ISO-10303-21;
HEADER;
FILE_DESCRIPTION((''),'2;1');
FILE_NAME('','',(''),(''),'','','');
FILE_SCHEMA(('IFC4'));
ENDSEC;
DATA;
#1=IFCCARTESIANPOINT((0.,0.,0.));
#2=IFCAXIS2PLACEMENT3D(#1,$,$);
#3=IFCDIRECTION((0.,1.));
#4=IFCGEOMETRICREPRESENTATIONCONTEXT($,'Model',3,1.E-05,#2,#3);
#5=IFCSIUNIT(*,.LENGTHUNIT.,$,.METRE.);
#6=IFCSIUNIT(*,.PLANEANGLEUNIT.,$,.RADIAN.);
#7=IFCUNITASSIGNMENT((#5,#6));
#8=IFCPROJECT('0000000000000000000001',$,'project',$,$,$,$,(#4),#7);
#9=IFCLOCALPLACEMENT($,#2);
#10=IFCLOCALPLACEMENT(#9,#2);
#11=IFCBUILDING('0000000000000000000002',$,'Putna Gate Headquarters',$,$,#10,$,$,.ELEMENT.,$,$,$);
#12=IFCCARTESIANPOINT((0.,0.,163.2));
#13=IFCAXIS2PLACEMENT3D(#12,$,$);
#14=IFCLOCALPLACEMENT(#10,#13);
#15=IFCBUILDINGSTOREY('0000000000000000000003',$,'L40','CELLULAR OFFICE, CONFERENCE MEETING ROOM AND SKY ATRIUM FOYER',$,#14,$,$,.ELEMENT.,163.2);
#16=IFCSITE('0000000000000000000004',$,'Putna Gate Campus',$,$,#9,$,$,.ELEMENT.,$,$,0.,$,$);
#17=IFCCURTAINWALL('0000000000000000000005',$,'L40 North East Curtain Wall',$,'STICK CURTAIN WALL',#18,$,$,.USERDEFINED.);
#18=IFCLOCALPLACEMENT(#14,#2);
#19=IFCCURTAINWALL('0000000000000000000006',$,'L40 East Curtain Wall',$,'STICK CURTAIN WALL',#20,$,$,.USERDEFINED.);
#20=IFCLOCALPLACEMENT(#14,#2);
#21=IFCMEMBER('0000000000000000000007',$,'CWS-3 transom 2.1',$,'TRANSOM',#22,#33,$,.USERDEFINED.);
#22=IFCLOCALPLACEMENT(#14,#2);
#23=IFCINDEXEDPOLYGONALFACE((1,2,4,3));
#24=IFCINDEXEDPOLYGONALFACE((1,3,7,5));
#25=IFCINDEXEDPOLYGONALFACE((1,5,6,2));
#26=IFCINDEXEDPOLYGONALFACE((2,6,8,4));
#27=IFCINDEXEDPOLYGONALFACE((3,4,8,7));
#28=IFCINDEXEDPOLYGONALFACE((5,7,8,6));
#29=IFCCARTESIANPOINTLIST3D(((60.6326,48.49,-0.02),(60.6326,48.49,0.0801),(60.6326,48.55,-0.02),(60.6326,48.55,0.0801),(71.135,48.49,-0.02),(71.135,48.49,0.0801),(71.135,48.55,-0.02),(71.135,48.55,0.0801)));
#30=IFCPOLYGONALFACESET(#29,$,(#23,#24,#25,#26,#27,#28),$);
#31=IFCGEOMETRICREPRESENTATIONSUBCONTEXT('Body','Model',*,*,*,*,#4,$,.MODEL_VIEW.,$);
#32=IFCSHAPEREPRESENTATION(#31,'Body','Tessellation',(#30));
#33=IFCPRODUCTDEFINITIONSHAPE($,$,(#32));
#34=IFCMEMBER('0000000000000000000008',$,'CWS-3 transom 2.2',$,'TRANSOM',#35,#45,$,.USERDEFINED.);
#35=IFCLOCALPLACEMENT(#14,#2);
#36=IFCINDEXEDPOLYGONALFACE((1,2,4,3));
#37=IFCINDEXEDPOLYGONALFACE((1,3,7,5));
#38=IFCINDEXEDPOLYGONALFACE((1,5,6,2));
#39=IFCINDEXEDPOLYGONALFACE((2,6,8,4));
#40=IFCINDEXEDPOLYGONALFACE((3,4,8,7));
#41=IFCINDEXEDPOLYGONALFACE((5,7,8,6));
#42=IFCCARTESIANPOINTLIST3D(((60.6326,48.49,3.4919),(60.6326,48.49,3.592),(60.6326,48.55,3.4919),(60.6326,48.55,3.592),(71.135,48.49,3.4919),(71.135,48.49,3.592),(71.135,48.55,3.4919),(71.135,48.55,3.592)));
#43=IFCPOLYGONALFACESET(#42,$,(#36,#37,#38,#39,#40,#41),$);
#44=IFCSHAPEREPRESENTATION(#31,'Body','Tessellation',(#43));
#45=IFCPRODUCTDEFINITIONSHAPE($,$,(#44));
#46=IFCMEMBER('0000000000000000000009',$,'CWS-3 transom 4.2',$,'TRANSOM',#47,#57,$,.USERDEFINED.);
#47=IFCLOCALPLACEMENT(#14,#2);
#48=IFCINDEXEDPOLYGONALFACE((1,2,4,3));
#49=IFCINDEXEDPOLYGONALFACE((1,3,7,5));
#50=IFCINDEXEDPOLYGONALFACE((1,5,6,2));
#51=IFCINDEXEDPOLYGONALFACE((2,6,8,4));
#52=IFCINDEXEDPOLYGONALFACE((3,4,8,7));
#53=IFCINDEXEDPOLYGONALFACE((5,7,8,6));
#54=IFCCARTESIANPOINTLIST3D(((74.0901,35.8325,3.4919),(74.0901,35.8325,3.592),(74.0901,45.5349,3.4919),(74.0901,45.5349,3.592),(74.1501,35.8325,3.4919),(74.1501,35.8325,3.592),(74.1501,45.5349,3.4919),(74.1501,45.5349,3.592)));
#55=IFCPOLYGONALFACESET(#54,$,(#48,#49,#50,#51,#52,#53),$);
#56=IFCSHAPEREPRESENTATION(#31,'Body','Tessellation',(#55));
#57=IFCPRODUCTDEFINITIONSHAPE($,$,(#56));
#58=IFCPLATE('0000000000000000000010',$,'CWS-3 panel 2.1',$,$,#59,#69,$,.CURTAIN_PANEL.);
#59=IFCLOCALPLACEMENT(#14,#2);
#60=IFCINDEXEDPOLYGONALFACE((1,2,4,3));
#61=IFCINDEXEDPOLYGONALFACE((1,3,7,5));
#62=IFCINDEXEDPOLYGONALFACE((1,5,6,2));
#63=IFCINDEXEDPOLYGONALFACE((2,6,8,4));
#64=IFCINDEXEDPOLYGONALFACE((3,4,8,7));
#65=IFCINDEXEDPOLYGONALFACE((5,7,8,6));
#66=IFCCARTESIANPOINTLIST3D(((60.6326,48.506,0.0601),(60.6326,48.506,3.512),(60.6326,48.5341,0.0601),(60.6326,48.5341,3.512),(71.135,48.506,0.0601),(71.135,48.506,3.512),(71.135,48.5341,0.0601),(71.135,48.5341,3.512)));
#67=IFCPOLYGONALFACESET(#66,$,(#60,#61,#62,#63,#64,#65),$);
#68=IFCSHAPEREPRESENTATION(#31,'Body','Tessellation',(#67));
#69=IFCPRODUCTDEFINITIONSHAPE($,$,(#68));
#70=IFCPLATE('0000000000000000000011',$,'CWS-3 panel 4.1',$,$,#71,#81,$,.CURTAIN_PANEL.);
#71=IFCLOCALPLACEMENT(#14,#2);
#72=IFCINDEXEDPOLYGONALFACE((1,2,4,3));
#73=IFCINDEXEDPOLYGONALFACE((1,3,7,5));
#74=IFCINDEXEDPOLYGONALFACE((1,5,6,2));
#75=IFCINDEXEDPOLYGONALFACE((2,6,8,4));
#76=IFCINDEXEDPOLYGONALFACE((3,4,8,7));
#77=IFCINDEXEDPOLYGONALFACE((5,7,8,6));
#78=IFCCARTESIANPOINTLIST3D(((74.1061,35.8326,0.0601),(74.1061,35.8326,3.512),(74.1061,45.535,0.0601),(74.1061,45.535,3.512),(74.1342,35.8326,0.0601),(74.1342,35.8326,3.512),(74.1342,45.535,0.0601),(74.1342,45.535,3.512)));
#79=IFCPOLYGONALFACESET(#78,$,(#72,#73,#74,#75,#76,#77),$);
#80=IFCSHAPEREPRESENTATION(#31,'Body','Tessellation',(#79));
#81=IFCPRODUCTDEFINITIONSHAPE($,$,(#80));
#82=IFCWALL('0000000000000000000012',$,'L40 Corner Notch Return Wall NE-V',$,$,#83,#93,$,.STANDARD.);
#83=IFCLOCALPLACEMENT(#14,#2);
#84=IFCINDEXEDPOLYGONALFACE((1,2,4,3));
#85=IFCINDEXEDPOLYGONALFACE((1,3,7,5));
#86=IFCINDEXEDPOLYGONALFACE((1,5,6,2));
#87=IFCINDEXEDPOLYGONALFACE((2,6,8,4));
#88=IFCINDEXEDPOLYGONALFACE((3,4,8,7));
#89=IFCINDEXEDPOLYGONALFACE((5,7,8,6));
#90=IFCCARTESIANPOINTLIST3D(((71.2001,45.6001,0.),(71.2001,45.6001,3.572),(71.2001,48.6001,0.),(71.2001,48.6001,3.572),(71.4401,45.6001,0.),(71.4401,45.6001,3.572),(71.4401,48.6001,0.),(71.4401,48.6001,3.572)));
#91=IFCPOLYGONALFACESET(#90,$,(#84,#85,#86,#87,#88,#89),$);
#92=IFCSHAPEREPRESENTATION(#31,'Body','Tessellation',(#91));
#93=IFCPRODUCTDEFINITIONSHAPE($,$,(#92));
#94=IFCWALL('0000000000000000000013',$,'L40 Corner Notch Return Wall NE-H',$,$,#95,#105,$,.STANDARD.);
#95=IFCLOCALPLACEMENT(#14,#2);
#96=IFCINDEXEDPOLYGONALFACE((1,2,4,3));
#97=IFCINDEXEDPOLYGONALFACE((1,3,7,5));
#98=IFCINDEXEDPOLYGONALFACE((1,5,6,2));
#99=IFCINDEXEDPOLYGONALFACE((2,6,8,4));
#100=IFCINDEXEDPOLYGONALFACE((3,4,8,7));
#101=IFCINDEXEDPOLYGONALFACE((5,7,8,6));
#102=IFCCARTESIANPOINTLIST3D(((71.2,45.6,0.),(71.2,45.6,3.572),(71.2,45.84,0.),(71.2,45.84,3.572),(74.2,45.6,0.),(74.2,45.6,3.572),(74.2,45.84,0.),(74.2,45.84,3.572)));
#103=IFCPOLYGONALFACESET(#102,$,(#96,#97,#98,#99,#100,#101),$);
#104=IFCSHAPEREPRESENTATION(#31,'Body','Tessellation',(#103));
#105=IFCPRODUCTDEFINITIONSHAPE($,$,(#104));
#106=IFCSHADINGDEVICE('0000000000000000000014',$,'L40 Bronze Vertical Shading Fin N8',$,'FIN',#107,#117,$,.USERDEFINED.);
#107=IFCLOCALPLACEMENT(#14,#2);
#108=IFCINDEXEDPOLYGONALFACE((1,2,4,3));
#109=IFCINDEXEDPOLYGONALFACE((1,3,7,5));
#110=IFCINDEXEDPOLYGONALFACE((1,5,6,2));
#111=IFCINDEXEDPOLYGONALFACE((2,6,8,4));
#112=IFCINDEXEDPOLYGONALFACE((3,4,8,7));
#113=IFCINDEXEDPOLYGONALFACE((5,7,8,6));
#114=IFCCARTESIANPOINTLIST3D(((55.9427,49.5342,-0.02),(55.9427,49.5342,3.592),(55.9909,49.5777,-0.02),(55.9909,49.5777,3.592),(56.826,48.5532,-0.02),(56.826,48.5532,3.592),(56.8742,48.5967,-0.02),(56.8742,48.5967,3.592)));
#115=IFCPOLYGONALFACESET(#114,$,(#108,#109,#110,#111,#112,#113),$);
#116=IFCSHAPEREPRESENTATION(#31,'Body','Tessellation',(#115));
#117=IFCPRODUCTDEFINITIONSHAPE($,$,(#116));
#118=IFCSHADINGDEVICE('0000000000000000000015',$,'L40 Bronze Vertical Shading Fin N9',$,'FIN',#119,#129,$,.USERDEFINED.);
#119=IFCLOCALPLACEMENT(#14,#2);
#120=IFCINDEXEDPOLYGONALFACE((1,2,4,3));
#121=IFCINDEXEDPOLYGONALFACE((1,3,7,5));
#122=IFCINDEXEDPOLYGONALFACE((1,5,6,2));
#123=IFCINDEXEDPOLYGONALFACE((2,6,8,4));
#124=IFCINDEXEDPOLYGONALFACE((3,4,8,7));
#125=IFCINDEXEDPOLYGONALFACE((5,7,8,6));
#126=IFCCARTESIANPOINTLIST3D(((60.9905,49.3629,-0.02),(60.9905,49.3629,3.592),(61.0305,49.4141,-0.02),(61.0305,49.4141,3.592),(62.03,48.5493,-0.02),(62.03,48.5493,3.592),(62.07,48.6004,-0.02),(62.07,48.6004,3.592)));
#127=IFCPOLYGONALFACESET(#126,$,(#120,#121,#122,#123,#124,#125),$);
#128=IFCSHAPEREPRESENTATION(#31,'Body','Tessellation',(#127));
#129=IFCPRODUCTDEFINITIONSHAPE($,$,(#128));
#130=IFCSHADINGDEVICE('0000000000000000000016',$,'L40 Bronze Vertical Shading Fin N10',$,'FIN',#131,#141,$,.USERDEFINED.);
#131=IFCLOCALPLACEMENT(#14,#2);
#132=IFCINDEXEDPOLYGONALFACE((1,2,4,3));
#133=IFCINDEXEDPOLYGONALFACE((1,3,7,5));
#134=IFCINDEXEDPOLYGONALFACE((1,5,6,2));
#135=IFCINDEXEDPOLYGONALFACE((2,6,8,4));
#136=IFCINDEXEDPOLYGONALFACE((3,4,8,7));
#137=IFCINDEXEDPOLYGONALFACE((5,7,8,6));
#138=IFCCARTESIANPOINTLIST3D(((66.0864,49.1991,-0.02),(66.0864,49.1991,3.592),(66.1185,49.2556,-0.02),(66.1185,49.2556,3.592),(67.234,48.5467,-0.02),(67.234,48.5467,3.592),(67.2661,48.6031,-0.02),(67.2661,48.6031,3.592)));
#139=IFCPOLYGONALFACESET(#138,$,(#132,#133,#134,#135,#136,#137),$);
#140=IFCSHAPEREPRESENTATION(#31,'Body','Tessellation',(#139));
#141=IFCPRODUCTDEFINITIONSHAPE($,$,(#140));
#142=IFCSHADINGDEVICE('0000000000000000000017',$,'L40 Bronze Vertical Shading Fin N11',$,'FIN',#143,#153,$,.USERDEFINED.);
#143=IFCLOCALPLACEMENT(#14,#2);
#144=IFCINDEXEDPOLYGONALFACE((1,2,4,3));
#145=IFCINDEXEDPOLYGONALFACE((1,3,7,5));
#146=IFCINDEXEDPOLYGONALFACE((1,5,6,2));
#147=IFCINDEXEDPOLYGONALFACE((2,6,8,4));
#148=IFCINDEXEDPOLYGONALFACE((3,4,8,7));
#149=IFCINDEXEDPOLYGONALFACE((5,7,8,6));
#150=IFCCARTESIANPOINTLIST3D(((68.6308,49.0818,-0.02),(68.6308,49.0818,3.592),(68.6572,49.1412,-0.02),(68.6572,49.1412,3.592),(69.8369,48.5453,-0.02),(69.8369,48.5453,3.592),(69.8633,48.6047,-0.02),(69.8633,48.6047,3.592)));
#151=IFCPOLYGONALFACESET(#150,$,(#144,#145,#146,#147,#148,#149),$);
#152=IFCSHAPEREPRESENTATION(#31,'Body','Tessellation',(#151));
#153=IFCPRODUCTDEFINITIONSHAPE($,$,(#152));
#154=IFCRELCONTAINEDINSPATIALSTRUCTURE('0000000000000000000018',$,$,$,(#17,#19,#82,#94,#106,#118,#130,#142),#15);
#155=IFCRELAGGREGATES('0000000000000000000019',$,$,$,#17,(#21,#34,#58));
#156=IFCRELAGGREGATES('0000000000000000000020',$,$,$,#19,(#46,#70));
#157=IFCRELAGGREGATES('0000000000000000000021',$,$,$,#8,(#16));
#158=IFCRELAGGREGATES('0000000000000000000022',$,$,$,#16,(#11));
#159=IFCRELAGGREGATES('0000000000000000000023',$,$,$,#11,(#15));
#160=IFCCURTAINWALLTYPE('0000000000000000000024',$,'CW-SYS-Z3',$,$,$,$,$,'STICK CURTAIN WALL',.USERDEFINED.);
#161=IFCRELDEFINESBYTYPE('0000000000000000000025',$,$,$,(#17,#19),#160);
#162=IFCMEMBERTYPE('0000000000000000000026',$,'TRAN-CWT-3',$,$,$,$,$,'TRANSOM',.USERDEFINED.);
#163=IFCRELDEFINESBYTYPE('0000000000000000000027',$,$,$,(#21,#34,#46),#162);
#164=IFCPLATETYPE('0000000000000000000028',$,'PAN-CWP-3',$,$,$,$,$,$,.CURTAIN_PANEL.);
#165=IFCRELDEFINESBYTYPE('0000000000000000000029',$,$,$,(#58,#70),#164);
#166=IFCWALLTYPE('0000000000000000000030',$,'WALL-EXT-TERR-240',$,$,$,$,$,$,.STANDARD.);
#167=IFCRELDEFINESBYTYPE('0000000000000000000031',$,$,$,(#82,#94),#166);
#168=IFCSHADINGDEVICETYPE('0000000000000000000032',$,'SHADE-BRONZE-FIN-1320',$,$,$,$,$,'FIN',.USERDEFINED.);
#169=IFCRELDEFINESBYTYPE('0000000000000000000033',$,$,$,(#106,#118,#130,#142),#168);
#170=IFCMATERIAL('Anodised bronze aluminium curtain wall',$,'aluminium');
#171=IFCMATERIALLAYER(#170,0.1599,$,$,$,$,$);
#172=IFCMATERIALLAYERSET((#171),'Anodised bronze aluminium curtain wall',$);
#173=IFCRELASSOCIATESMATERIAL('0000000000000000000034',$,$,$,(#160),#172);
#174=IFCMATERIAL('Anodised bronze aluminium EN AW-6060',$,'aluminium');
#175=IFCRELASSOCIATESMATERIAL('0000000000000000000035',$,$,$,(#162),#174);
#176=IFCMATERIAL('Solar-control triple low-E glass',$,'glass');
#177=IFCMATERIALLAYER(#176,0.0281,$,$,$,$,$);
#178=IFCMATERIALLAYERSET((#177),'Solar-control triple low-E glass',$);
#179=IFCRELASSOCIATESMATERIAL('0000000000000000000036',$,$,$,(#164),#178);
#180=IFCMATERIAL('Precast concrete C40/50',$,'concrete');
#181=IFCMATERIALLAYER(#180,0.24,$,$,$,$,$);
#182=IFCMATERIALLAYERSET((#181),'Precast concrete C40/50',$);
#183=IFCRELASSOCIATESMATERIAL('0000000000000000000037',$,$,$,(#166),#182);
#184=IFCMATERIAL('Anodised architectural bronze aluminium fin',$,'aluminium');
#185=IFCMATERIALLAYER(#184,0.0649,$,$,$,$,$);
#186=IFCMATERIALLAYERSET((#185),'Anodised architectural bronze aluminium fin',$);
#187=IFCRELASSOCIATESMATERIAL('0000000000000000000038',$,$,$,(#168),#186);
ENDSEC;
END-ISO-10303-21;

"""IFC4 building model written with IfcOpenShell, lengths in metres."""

from ifc_helpers import new_model, si_unit, direction, frame, frame_2d, origin, origin_2d, place, context, subcontext, project, spatial, rectangle, extrude, material, layer, layer_set, material_profile, profile_set, type_object, element, aggregate, save


model = new_model("IFC4")

# Units and contexts
model_context = context("Model", 3, precision=1e-05, world=origin(), true_north=direction((0.0, 1.0)))
body_context = subcontext(model_context, "Body", "Model", "MODEL_VIEW")
ifc_project = project(units=[si_unit("LENGTHUNIT", "METRE"), si_unit("PLANEANGLEUNIT", "RADIAN")], contexts=[model_context])

# Site, building, storey
site_placement = place(None, origin())
site = spatial("IfcSite", under=ifc_project, at=site_placement, Name="Putna Gate Campus", CompositionType="ELEMENT", RefElevation=0.0)
building_placement = place(site_placement, origin())
building = spatial("IfcBuilding", under=site, at=building_placement, Name="Putna Gate Headquarters", CompositionType="ELEMENT")
storey_placement = place(building_placement, frame((0.0, 0.0, 163.2)))
storey = spatial("IfcBuildingStorey", under=building, at=storey_placement, Name="L40", Description="CELLULAR OFFICE, CONFERENCE MEETING ROOM AND SKY ATRIUM FOYER", CompositionType="ELEMENT", Elevation=163.2)

# Curtain wall
ifc_material_1 = material(Name="Anodised bronze aluminium curtain wall", Category="aluminium")
ifc_layer_1 = layer(ifc_material_1, 0.1599)
ifc_layer_set_1 = layer_set([ifc_layer_1], Name="Anodised bronze aluminium curtain wall")
curtain_wall_type = type_object("IfcCurtainWallType", Name="CW-SYS-Z3", ElementType="STICK CURTAIN WALL", PredefinedType="USERDEFINED", material=ifc_layer_set_1)
curtain_wall_1_placement = place(storey_placement, origin())
curtain_wall_1 = element("IfcCurtainWall", 1, at=curtain_wall_1_placement, inside=storey, type_object=curtain_wall_type, Name="L40 North East Curtain Wall", ObjectType="STICK CURTAIN WALL", PredefinedType="USERDEFINED")
ifc_material_2 = material(Name="Anodised bronze aluminium EN AW-6060", Category="aluminium")

# Curtain wall
curtain_wall_2_placement = place(storey_placement, origin())
curtain_wall_2 = element("IfcCurtainWall", 2, at=curtain_wall_2_placement, inside=storey, type_object=curtain_wall_type, Name="L40 East Curtain Wall", ObjectType="STICK CURTAIN WALL", PredefinedType="USERDEFINED")

# Members
ifc_material_profile_1 = material_profile(ifc_material_2, rectangle(XDim=0.0601, YDim=0.1001, at=origin_2d()), Name="Anodised bronze aluminium EN AW-6060")
ifc_profile_set_1 = profile_set([ifc_material_profile_1], Name="Anodised bronze aluminium EN AW-6060")
member_type_1 = type_object("IfcMemberType", Name="TRAN-CWT-3", ElementType="TRANSOM", PredefinedType="USERDEFINED", material=ifc_profile_set_1)
member_1_placement = place(storey_placement, frame((60.6326, 48.52, 0.03), z_axis=(1.0, 0.0, 0.0), x_axis=(0.0, 1.0, 0.0)))
member_1 = element("IfcMember", 3, at=member_1_placement, type_object=member_type_1, Name="CWS-3 transom 2.1", ObjectType="TRANSOM", PredefinedType="USERDEFINED", context=body_context, shape_type="SweptSolid", body=[
    extrude(rectangle(XDim=0.0601, YDim=0.1001, at=origin_2d()), origin(), (0.0, 0.0, 1.0), 10.5024),
])
member_2_placement = place(storey_placement, frame((60.6326, 48.52, 3.542), z_axis=(1.0, 0.0, 0.0), x_axis=(0.0, 1.0, 0.0)))
member_2 = element("IfcMember", 4, at=member_2_placement, type_object=member_type_1, Name="CWS-3 transom 2.2", ObjectType="TRANSOM", PredefinedType="USERDEFINED", context=body_context, shape_type="SweptSolid", body=[
    extrude(rectangle(XDim=0.0601, YDim=0.1001, at=origin_2d()), origin(), (0.0, 0.0, 1.0), 10.5024),
])
member_3_placement = place(storey_placement, frame((74.1201, 35.8325, 3.542), z_axis=(0.0, 1.0, 0.0), x_axis=(-1.0, 0.0, 0.0)))
member_3 = element("IfcMember", 5, at=member_3_placement, type_object=member_type_1, Name="CWS-3 transom 4.2", ObjectType="TRANSOM", PredefinedType="USERDEFINED", context=body_context, shape_type="SweptSolid", body=[
    extrude(rectangle(XDim=0.0601, YDim=0.1001, at=origin_2d()), origin(), (0.0, 0.0, 1.0), 9.7024),
])

# Plates
ifc_material_3 = material(Name="Solar-control triple low-E glass", Category="glass")
ifc_layer_2 = layer(ifc_material_3, 0.0281)
ifc_layer_set_2 = layer_set([ifc_layer_2], Name="Solar-control triple low-E glass")
plate_type = type_object("IfcPlateType", Name="PAN-CWP-3", PredefinedType="CURTAIN_PANEL", material=ifc_layer_set_2)
plate_1_placement = place(storey_placement, frame((65.8838, 48.52, 0.0601), z_axis=(0.0, 0.0, 1.0), x_axis=(1.0, 0.0, 0.0)))
plate_1 = element("IfcPlate", 6, at=plate_1_placement, type_object=plate_type, Name="CWS-3 panel 2.1", PredefinedType="CURTAIN_PANEL", context=body_context, shape_type="SweptSolid", body=[
    extrude(rectangle(XDim=10.5024, YDim=0.0281, at=origin_2d()), origin(), (0.0, 0.0, 1.0), 3.4519),
])
aggregate(curtain_wall_1, [member_1, member_2, plate_1])
plate_2_placement = place(storey_placement, frame((74.1201, 40.6838, 0.0601), z_axis=(0.0, 0.0, 1.0), x_axis=(0.0, 1.0, 0.0)))
plate_2 = element("IfcPlate", 7, at=plate_2_placement, type_object=plate_type, Name="CWS-3 panel 4.1", PredefinedType="CURTAIN_PANEL", context=body_context, shape_type="SweptSolid", body=[
    extrude(rectangle(XDim=9.7024, YDim=0.0281, at=origin_2d()), origin(), (0.0, 0.0, 1.0), 3.4519),
])
aggregate(curtain_wall_2, [member_3, plate_2])

# Walls
ifc_material_4 = material(Name="Precast concrete C40/50", Category="concrete")
ifc_layer_3 = layer(ifc_material_4, 0.24)
ifc_layer_set_3 = layer_set([ifc_layer_3], Name="Precast concrete C40/50")
wall_type = type_object("IfcWallType", Name="WALL-EXT-TERR-240", PredefinedType="STANDARD", material=ifc_layer_set_3)
for number, where, z_axis, x_axis, name in (
    (8, (71.3201, 48.6001, 0.0), (0.0, 0.0, 1.0), (0.0, -1.0, 0.0), "L40 Corner Notch Return Wall NE-V"),
    (9, (71.2, 45.72, 0.0), (0.0, 0.0, 1.0), (1.0, 0.0, 0.0), "L40 Corner Notch Return Wall NE-H"),
):
    element("IfcWall", number, at=place(storey_placement, frame(where, z_axis=z_axis, x_axis=x_axis)), inside=storey, type_object=wall_type, Name=name, PredefinedType="STANDARD", context=body_context, shape_type="SweptSolid", body=[
        extrude(rectangle(XDim=3.0, YDim=0.24, at=frame_2d((1.5, 0.0))), origin(), (0.0, 0.0, 1.0), 3.572),
    ])

# Shading devices
ifc_material_5 = material(Name="Anodised architectural bronze aluminium fin", Category="aluminium")
ifc_layer_4 = layer(ifc_material_5, 0.0649)
ifc_layer_set_4 = layer_set([ifc_layer_4], Name="Anodised architectural bronze aluminium fin")
shading_device_type = type_object("IfcShadingDeviceType", Name="SHADE-BRONZE-FIN-1320", ElementType="FIN", PredefinedType="USERDEFINED", material=ifc_layer_set_4)
for number, where, z_axis, x_axis, name in (
    (10, (56.4084, 49.0654, -0.02), (0.0, 0.0, 1.0), (-0.669131, 0.743145, 0.0), "L40 Bronze Vertical Shading Fin N8"),
    (11, (61.5303, 48.9817, -0.02), (0.0, 0.0, 1.0), (-0.787473, 0.616349, 0.0), "L40 Bronze Vertical Shading Fin N9"),
    (12, (66.6763, 48.9011, -0.02), (0.0, 0.0, 1.0), (-0.869322, 0.494245, 0.0), "L40 Bronze Vertical Shading Fin N10"),
    (13, (69.2471, 48.8433, -0.02), (0.0, 0.0, 1.0), (-0.913687, 0.406418, 0.0), "L40 Bronze Vertical Shading Fin N11"),
):
    element("IfcShadingDevice", number, at=place(storey_placement, frame(where, z_axis=z_axis, x_axis=x_axis)), inside=storey, type_object=shading_device_type, Name=name, ObjectType="FIN", PredefinedType="USERDEFINED", context=body_context, shape_type="SweptSolid", body=[
        extrude(rectangle(XDim=1.3201, YDim=0.0649, at=origin_2d()), origin(), (0.0, 0.0, 1.0), 3.6121),
    ])

save(model, "model.ifc")
